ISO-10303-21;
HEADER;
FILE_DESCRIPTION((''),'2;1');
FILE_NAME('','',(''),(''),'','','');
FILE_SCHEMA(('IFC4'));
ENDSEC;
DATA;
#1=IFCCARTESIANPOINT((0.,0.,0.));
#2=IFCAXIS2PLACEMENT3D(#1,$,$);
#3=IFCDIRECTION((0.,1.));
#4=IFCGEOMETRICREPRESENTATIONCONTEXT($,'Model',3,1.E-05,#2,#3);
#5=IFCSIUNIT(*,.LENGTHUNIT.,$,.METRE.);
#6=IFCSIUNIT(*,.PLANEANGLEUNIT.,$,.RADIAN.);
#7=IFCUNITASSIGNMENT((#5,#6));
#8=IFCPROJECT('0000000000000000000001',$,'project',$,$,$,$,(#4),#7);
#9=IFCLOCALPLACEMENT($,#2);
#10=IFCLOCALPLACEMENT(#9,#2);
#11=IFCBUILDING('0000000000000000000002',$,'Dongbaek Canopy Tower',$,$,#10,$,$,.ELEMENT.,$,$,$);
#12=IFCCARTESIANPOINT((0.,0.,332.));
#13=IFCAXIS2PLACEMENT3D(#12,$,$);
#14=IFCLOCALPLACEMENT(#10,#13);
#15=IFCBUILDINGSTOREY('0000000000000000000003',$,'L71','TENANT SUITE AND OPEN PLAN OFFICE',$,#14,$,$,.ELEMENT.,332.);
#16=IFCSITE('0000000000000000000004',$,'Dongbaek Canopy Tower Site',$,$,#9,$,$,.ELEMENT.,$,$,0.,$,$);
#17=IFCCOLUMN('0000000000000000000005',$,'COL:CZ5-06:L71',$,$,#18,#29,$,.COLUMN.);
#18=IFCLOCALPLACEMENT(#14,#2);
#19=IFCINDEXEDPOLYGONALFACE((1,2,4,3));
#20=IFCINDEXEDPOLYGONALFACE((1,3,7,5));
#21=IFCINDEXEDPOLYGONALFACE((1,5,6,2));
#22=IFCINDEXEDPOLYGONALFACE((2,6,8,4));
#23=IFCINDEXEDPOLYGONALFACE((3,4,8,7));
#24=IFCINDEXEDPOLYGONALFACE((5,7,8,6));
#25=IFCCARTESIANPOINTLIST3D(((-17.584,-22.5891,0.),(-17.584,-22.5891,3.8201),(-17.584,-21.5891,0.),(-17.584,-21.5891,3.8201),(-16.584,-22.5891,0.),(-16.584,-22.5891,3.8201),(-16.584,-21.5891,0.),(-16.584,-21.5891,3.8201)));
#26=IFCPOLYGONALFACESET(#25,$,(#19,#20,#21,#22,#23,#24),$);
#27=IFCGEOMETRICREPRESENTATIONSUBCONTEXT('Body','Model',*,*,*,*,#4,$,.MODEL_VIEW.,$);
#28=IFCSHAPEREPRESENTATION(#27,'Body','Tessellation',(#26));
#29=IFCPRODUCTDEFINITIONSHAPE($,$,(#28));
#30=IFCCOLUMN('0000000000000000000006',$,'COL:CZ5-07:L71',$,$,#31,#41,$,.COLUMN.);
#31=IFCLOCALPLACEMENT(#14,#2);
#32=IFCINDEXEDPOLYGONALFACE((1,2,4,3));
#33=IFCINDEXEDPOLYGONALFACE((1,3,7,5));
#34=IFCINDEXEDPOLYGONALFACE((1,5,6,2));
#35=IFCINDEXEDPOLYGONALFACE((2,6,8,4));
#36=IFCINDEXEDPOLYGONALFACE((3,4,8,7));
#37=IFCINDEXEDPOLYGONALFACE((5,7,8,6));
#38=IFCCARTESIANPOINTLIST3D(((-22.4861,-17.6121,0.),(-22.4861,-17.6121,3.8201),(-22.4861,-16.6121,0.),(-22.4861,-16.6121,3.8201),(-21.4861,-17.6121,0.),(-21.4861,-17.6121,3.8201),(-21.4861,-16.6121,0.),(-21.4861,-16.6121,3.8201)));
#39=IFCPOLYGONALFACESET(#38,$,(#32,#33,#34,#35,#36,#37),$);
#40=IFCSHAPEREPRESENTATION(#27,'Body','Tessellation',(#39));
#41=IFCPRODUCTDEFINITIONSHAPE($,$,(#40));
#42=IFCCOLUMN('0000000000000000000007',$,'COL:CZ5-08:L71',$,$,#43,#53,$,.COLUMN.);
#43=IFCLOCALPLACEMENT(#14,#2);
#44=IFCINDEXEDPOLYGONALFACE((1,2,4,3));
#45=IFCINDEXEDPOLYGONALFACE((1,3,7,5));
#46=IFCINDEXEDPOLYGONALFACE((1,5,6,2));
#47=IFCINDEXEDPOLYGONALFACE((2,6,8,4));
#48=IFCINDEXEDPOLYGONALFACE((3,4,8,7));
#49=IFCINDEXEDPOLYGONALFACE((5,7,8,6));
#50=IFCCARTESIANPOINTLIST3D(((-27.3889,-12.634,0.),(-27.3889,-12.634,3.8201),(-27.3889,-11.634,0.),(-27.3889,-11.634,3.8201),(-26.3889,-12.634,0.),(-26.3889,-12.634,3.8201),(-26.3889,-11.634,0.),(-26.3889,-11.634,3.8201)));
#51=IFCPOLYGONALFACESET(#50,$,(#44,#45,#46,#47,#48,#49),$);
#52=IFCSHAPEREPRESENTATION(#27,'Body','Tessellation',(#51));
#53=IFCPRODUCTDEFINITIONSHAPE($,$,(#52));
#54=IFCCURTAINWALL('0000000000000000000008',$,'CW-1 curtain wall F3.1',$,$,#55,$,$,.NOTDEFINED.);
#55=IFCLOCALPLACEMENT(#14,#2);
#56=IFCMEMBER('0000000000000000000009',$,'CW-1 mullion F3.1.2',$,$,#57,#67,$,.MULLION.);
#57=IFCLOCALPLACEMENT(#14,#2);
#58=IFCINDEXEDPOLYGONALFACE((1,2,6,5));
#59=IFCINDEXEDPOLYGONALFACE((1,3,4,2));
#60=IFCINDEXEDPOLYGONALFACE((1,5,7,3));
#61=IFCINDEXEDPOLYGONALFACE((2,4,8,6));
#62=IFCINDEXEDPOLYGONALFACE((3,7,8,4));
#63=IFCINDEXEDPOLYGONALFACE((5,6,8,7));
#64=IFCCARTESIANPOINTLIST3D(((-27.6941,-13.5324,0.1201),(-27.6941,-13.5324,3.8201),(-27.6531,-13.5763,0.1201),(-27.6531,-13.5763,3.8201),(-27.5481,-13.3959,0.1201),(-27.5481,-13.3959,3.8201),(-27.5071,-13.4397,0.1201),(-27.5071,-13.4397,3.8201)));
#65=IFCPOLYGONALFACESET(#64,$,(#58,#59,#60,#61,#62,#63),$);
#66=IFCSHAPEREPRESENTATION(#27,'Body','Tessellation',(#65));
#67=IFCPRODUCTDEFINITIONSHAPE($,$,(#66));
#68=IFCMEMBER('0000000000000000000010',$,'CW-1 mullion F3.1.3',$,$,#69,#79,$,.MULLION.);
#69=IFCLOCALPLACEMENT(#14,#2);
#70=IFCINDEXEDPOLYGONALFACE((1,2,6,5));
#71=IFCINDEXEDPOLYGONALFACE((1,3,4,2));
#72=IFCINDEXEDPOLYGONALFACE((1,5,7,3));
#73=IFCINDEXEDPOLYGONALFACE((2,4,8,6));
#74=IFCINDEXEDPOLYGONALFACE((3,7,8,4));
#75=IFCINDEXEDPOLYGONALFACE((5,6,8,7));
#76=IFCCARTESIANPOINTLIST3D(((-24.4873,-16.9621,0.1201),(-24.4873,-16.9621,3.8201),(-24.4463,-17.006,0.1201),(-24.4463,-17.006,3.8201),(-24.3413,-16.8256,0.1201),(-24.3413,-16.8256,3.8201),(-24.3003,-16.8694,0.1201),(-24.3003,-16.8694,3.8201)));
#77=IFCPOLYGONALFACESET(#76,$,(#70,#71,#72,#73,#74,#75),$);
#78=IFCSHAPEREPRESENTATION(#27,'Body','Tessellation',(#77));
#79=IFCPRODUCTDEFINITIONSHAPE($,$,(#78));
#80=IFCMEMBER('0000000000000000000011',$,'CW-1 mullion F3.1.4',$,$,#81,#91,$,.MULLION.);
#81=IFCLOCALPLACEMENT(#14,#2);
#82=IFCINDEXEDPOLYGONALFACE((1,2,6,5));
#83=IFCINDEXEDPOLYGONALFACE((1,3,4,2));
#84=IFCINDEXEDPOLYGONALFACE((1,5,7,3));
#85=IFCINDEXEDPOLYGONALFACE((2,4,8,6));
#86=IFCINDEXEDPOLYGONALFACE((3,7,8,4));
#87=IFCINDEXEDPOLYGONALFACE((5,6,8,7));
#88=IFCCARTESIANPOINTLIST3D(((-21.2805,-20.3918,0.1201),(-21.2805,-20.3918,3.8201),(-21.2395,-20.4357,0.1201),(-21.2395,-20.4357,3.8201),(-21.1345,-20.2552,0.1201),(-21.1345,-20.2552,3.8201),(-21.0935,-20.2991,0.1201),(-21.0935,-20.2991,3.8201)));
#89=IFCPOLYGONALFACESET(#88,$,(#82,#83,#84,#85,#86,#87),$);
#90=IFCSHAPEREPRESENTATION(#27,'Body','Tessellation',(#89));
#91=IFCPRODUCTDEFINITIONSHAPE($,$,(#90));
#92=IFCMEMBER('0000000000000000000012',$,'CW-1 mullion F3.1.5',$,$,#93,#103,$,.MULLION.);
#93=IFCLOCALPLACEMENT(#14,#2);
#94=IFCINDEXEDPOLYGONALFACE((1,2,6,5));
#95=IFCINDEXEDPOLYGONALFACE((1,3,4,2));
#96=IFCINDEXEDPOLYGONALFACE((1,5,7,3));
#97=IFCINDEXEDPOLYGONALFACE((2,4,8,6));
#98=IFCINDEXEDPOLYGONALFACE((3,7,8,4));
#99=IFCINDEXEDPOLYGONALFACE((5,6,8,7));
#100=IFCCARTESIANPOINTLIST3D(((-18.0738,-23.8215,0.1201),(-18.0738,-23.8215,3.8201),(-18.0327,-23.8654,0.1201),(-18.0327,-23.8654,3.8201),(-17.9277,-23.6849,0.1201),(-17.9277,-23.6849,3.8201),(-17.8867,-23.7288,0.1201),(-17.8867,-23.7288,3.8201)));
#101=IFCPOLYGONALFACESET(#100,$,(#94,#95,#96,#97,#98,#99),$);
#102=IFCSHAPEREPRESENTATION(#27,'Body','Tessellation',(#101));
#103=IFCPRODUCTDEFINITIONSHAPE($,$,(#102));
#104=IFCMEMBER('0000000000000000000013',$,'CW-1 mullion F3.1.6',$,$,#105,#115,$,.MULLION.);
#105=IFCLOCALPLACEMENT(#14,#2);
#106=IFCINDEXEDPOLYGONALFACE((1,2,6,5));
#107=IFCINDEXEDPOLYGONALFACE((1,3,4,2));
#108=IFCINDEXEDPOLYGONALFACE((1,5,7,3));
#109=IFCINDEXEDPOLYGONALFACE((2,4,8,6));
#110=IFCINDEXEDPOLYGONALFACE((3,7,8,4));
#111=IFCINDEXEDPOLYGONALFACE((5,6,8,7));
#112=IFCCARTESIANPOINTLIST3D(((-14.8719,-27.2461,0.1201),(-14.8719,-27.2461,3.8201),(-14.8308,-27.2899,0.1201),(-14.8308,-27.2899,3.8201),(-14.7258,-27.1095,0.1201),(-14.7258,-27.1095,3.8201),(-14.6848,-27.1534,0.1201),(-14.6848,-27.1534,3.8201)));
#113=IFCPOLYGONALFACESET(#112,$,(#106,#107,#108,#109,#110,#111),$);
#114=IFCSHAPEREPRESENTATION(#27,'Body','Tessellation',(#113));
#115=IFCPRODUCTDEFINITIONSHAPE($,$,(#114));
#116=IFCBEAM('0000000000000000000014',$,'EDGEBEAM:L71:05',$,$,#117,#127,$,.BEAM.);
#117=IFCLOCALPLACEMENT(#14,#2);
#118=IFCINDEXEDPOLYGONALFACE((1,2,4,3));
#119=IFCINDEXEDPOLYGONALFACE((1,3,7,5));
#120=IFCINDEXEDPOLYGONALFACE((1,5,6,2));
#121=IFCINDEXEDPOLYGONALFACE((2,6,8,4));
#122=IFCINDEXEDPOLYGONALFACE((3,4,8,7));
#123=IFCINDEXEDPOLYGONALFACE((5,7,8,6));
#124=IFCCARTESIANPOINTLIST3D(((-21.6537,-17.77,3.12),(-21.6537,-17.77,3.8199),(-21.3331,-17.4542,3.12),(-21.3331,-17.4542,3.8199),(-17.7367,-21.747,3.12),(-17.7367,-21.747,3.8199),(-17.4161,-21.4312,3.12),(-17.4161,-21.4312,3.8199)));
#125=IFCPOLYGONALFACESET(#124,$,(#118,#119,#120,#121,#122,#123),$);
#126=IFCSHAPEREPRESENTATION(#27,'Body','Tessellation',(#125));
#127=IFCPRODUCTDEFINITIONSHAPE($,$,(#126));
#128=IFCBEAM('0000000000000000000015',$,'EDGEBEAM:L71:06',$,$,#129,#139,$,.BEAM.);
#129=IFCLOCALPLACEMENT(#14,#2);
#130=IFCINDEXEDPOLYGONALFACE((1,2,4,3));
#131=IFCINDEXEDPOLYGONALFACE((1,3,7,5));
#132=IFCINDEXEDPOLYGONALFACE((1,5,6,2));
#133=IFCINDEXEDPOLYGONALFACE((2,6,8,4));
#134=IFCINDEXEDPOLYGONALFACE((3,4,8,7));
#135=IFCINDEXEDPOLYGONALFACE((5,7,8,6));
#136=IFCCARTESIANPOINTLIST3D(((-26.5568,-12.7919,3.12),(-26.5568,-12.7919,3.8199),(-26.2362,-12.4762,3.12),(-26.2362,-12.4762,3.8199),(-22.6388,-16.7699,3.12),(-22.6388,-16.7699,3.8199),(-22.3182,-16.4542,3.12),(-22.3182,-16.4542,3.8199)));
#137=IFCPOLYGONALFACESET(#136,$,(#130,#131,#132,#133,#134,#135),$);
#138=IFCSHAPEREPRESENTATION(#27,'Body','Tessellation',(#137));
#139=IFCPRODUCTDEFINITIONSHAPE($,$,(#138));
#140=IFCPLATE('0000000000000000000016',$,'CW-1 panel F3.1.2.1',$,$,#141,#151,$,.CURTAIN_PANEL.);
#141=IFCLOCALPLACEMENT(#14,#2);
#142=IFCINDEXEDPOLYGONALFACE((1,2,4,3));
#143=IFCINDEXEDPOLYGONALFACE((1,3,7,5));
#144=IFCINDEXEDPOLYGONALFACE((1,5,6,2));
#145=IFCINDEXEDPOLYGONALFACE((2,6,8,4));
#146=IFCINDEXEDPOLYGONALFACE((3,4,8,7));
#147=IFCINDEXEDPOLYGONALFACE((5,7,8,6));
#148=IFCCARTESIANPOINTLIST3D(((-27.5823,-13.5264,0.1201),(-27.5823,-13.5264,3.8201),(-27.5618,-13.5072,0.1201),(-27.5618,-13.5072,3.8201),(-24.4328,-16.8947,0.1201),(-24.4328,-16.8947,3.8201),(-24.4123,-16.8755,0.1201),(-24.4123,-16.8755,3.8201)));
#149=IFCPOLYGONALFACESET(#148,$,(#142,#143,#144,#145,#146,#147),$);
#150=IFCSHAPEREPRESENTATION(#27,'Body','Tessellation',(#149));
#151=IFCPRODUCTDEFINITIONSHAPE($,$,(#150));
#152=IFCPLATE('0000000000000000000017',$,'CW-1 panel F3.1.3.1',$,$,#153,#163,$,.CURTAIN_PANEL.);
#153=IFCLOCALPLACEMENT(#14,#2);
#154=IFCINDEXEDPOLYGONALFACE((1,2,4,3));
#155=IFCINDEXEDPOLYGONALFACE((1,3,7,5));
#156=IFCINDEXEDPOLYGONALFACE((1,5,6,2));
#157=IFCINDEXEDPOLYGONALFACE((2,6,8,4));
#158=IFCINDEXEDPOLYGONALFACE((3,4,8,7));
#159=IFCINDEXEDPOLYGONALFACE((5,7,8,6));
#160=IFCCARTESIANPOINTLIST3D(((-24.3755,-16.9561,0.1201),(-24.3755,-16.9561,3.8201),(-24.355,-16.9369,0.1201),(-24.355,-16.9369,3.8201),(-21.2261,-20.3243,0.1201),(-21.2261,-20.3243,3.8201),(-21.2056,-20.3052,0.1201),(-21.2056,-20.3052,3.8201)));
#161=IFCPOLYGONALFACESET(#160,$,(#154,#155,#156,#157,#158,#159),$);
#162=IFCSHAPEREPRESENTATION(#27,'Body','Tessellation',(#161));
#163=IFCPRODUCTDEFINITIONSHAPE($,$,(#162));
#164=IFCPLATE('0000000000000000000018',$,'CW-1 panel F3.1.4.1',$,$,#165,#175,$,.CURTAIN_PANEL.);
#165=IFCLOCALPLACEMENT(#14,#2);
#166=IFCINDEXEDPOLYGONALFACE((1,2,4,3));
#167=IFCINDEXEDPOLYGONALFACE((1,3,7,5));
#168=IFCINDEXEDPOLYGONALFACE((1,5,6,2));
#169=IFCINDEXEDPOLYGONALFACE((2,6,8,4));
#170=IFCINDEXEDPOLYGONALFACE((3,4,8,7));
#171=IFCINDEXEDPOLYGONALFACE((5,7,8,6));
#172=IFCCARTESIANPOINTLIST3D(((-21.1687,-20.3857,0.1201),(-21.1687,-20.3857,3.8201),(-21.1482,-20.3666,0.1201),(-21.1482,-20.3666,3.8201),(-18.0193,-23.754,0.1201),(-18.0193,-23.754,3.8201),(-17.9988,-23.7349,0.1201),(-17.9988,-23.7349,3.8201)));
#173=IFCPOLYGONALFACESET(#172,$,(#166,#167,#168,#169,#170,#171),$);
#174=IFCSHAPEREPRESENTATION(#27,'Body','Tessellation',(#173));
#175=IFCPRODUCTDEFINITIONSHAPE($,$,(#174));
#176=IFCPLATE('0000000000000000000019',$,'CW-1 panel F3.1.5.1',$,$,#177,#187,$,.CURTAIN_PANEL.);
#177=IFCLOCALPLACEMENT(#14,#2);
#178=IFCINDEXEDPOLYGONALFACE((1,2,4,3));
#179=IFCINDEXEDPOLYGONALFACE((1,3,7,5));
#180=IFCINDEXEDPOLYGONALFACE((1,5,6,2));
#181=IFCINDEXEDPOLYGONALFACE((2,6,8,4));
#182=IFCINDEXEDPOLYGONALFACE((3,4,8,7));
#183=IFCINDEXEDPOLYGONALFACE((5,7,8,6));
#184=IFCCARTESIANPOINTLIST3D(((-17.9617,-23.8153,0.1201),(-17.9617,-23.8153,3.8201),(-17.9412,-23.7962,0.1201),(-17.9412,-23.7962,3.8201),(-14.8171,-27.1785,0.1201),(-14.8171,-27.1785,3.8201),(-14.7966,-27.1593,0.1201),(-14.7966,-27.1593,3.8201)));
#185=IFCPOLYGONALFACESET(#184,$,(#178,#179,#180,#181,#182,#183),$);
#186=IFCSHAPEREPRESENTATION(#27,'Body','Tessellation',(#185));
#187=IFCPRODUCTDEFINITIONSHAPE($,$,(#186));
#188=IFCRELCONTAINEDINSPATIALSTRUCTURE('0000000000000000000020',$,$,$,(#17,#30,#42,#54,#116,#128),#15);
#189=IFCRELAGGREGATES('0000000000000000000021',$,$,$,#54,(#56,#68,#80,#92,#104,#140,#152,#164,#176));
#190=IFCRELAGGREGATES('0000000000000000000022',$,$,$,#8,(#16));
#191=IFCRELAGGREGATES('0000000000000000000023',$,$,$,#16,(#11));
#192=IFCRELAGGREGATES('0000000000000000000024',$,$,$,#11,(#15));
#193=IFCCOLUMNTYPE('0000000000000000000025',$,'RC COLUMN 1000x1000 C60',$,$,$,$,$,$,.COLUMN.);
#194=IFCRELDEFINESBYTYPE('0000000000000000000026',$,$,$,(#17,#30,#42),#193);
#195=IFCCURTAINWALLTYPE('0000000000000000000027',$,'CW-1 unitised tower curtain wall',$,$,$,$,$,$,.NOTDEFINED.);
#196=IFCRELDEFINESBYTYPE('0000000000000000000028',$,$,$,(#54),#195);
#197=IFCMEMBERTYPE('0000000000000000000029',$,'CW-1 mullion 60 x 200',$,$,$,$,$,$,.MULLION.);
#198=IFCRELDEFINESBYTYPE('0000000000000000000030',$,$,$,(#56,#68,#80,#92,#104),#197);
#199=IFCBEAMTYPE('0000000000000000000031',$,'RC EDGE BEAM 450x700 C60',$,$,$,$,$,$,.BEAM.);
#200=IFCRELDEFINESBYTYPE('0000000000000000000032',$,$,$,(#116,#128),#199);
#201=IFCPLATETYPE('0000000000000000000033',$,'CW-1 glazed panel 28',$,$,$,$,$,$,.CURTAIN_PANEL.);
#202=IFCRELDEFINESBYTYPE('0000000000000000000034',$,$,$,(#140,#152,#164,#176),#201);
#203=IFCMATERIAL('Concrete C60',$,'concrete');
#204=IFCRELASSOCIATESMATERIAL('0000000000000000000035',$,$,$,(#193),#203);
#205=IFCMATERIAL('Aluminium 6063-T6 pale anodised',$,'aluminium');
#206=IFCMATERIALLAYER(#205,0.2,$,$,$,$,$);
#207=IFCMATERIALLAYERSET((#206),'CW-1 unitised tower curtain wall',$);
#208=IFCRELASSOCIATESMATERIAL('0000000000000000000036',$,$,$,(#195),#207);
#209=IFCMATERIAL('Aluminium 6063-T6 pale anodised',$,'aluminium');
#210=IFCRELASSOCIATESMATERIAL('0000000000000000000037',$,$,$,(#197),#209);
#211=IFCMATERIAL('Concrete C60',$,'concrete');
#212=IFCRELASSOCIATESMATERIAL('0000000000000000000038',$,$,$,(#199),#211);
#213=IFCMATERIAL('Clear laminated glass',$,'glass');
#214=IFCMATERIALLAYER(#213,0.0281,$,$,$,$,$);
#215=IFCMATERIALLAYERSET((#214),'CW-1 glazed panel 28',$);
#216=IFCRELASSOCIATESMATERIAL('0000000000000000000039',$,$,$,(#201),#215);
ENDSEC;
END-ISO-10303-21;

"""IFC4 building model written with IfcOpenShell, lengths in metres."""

from ifc_helpers import new_model, si_unit, direction, frame, origin, origin_2d, place, context, subcontext, project, spatial, rectangle, extrude, material, layer, layer_set, material_profile, profile_set, type_object, element, aggregate, save


model = new_model("IFC4")

# Units and contexts
model_context = context("Model", 3, precision=1e-05, world=origin(), true_north=direction((0.0, 1.0)))
body_context = subcontext(model_context, "Body", "Model", "MODEL_VIEW")
ifc_project = project(units=[si_unit("LENGTHUNIT", "METRE"), si_unit("PLANEANGLEUNIT", "RADIAN")], contexts=[model_context])

# Site, building, storey
site_placement = place(None, origin())
site = spatial("IfcSite", under=ifc_project, at=site_placement, Name="Dongbaek Canopy Tower Site", CompositionType="ELEMENT", RefElevation=0.0)
building_placement = place(site_placement, origin())
building = spatial("IfcBuilding", under=site, at=building_placement, Name="Dongbaek Canopy Tower", CompositionType="ELEMENT")
storey_placement = place(building_placement, frame((0.0, 0.0, 332.0)))
storey = spatial("IfcBuildingStorey", under=building, at=storey_placement, Name="L71", Description="TENANT SUITE AND OPEN PLAN OFFICE", CompositionType="ELEMENT", Elevation=332.0)

# Columns
ifc_material_1 = material(Name="Concrete C60", Category="concrete")
ifc_material_profile_1 = material_profile(ifc_material_1, rectangle(XDim=1.0, YDim=1.0, at=origin_2d()), Name="RC COLUMN 1000x1000 C60")
ifc_profile_set_1 = profile_set([ifc_material_profile_1], Name="Concrete C60")
column_type = type_object("IfcColumnType", Name="RC COLUMN 1000x1000 C60", PredefinedType="COLUMN", material=ifc_profile_set_1)
for number, where, z_axis, x_axis, name in (
    (1, (-17.084, -22.0891, 0.0), (0.0, 0.0, 1.0), (1.0, 0.0, 0.0), "COL:CZ5-06:L71"),
    (2, (-21.9861, -17.1121, 0.0), (0.0, 0.0, 1.0), (1.0, 0.0, 0.0), "COL:CZ5-07:L71"),
    (3, (-26.8889, -12.134, 0.0), (0.0, 0.0, 1.0), (1.0, 0.0, 0.0), "COL:CZ5-08:L71"),
):
    element("IfcColumn", number, at=place(storey_placement, frame(where, z_axis=z_axis, x_axis=x_axis)), inside=storey, type_object=column_type, Name=name, PredefinedType="COLUMN", context=body_context, shape_type="SweptSolid", body=[
        extrude(rectangle(XDim=1.0, YDim=1.0, at=origin_2d()), origin(), (0.0, 0.0, 1.0), 3.8201),
    ])

# Curtain wall, members
ifc_material_2 = material(Name="Aluminium 6063-T6 pale anodised", Category="aluminium")
ifc_layer_1 = layer(ifc_material_2, 0.2)
ifc_layer_set_1 = layer_set([ifc_layer_1], Name="CW-1 unitised tower curtain wall")
curtain_wall_type = type_object("IfcCurtainWallType", Name="CW-1 unitised tower curtain wall", PredefinedType="NOTDEFINED", material=ifc_layer_set_1)
curtain_wall_1_placement = place(storey_placement, origin())
curtain_wall_1 = element("IfcCurtainWall", 4, at=curtain_wall_1_placement, inside=storey, type_object=curtain_wall_type, Name="CW-1 curtain wall F3.1", PredefinedType="NOTDEFINED")
ifc_material_3 = material(Name="Aluminium 6063-T6 pale anodised", Category="aluminium")
ifc_material_profile_2 = material_profile(ifc_material_3, rectangle(XDim=0.2, YDim=0.0601, at=origin_2d()), Name="CW-1 mullion 60 x 200")
ifc_profile_set_2 = profile_set([ifc_material_profile_2], Name="Aluminium 6063-T6 pale anodised")
member_type = type_object("IfcMemberType", Name="CW-1 mullion 60 x 200", PredefinedType="MULLION", material=ifc_profile_set_2)
member_1_placement = place(storey_placement, frame((-27.6006, -13.4861, 0.1201), z_axis=(0.0, 0.0, 1.0), x_axis=(-0.730438, -0.682979, 0.0)))
member_1 = element("IfcMember", 5, at=member_1_placement, type_object=member_type, Name="CW-1 mullion F3.1.2", PredefinedType="MULLION", context=body_context, shape_type="SweptSolid", body=[
    extrude(rectangle(XDim=0.2, YDim=0.0601, at=origin_2d()), origin(), (0.0, 0.0, 1.0), 3.7),
])
member_2_placement = place(storey_placement, frame((-24.3938, -16.9158, 0.1201), z_axis=(0.0, 0.0, 1.0), x_axis=(-0.730438, -0.682979, 0.0)))
member_2 = element("IfcMember", 6, at=member_2_placement, type_object=member_type, Name="CW-1 mullion F3.1.3", PredefinedType="MULLION", context=body_context, shape_type="SweptSolid", body=[
    extrude(rectangle(XDim=0.2, YDim=0.0601, at=origin_2d()), origin(), (0.0, 0.0, 1.0), 3.7),
])
member_3_placement = place(storey_placement, frame((-21.187, -20.3455, 0.1201), z_axis=(0.0, 0.0, 1.0), x_axis=(-0.730438, -0.682979, 0.0)))
member_3 = element("IfcMember", 7, at=member_3_placement, type_object=member_type, Name="CW-1 mullion F3.1.4", PredefinedType="MULLION", context=body_context, shape_type="SweptSolid", body=[
    extrude(rectangle(XDim=0.2, YDim=0.0601, at=origin_2d()), origin(), (0.0, 0.0, 1.0), 3.7),
])
member_4_placement = place(storey_placement, frame((-17.9802, -23.7751, 0.1201), z_axis=(0.0, 0.0, 1.0), x_axis=(-0.730438, -0.682979, 0.0)))
member_4 = element("IfcMember", 8, at=member_4_placement, type_object=member_type, Name="CW-1 mullion F3.1.5", PredefinedType="MULLION", context=body_context, shape_type="SweptSolid", body=[
    extrude(rectangle(XDim=0.2, YDim=0.0601, at=origin_2d()), origin(), (0.0, 0.0, 1.0), 3.7),
])
member_5_placement = place(storey_placement, frame((-14.7783, -27.1997, 0.1201), z_axis=(0.0, 0.0, 1.0), x_axis=(-0.730438, -0.682979, 0.0)))
member_5 = element("IfcMember", 9, at=member_5_placement, type_object=member_type, Name="CW-1 mullion F3.1.6", PredefinedType="MULLION", context=body_context, shape_type="SweptSolid", body=[
    extrude(rectangle(XDim=0.2, YDim=0.0601, at=origin_2d()), origin(), (0.0, 0.0, 1.0), 3.7),
])

# Beams
ifc_material_4 = material(Name="Concrete C60", Category="concrete")
ifc_material_profile_3 = material_profile(ifc_material_4, rectangle(XDim=0.45, YDim=0.7, at=origin_2d()), Name="RC EDGE BEAM 450x700 C60")
ifc_profile_set_3 = profile_set([ifc_material_profile_3], Name="Concrete C60")
beam_type = type_object("IfcBeamType", Name="RC EDGE BEAM 450x700 C60", PredefinedType="BEAM", material=ifc_profile_set_3)
beam_1_placement = place(storey_placement, frame((-17.5764, -21.5891, 3.47), z_axis=(-0.701707, 0.712466, 0.0), x_axis=(-0.712466, -0.701707, 0.0)))
element("IfcBeam", 10, at=beam_1_placement, inside=storey, type_object=beam_type, Name="EDGEBEAM:L71:05", PredefinedType="BEAM", context=body_context, shape_type="SweptSolid", body=[
    extrude(rectangle(XDim=0.45, YDim=0.7, at=origin_2d()), origin(), (0.0, 0.0, 1.0), 5.582),
])
beam_2_placement = place(storey_placement, frame((-22.4785, -16.6121, 3.47), z_axis=(-0.701708, 0.712465, 0.0), x_axis=(-0.712465, -0.701708, 0.0)))
element("IfcBeam", 11, at=beam_2_placement, inside=storey, type_object=beam_type, Name="EDGEBEAM:L71:06", PredefinedType="BEAM", context=body_context, shape_type="SweptSolid", body=[
    extrude(rectangle(XDim=0.45, YDim=0.7, at=origin_2d()), origin(), (0.0, 0.0, 1.0), 5.5835),
])

# Plates
ifc_material_5 = material(Name="Clear laminated glass", Category="glass")
ifc_layer_2 = layer(ifc_material_5, 0.0281)
ifc_layer_set_2 = layer_set([ifc_layer_2], Name="CW-1 glazed panel 28")
plate_type = type_object("IfcPlateType", Name="CW-1 glazed panel 28", PredefinedType="CURTAIN_PANEL", material=ifc_layer_set_2)
plate_1_placement = place(storey_placement, frame((-25.9973, -15.2009, 0.1201), z_axis=(0.0, 0.0, 1.0), x_axis=(0.682979, -0.730438, 0.0)))
plate_1 = element("IfcPlate", 12, at=plate_1_placement, type_object=plate_type, Name="CW-1 panel F3.1.2.1", PredefinedType="CURTAIN_PANEL", context=body_context, shape_type="SweptSolid", body=[
    extrude(rectangle(XDim=4.6113, YDim=0.0281, at=origin_2d()), origin(), (0.0, 0.0, 1.0), 3.7),
])
plate_2_placement = place(storey_placement, frame((-22.7905, -18.6306, 0.1201), z_axis=(0.0, 0.0, 1.0), x_axis=(0.682979, -0.730438, 0.0)))
plate_2 = element("IfcPlate", 13, at=plate_2_placement, type_object=plate_type, Name="CW-1 panel F3.1.3.1", PredefinedType="CURTAIN_PANEL", context=body_context, shape_type="SweptSolid", body=[
    extrude(rectangle(XDim=4.6113, YDim=0.0281, at=origin_2d()), origin(), (0.0, 0.0, 1.0), 3.7),
])
plate_3_placement = place(storey_placement, frame((-19.5837, -22.0603, 0.1201), z_axis=(0.0, 0.0, 1.0), x_axis=(0.682979, -0.730438, 0.0)))
plate_3 = element("IfcPlate", 14, at=plate_3_placement, type_object=plate_type, Name="CW-1 panel F3.1.4.1", PredefinedType="CURTAIN_PANEL", context=body_context, shape_type="SweptSolid", body=[
    extrude(rectangle(XDim=4.6113, YDim=0.0281, at=origin_2d()), origin(), (0.0, 0.0, 1.0), 3.7),
])
plate_4_placement = place(storey_placement, frame((-16.3792, -25.4873, 0.1201), z_axis=(0.0, 0.0, 1.0), x_axis=(0.682979, -0.730438, 0.0)))
plate_4 = element("IfcPlate", 15, at=plate_4_placement, type_object=plate_type, Name="CW-1 panel F3.1.5.1", PredefinedType="CURTAIN_PANEL", context=body_context, shape_type="SweptSolid", body=[
    extrude(rectangle(XDim=4.6042, YDim=0.0281, at=origin_2d()), origin(), (0.0, 0.0, 1.0), 3.7),
])

aggregate(curtain_wall_1, [member_1, member_2, member_3, member_4, member_5, plate_1, plate_2, plate_3, plate_4])

save(model, "model.ifc")
